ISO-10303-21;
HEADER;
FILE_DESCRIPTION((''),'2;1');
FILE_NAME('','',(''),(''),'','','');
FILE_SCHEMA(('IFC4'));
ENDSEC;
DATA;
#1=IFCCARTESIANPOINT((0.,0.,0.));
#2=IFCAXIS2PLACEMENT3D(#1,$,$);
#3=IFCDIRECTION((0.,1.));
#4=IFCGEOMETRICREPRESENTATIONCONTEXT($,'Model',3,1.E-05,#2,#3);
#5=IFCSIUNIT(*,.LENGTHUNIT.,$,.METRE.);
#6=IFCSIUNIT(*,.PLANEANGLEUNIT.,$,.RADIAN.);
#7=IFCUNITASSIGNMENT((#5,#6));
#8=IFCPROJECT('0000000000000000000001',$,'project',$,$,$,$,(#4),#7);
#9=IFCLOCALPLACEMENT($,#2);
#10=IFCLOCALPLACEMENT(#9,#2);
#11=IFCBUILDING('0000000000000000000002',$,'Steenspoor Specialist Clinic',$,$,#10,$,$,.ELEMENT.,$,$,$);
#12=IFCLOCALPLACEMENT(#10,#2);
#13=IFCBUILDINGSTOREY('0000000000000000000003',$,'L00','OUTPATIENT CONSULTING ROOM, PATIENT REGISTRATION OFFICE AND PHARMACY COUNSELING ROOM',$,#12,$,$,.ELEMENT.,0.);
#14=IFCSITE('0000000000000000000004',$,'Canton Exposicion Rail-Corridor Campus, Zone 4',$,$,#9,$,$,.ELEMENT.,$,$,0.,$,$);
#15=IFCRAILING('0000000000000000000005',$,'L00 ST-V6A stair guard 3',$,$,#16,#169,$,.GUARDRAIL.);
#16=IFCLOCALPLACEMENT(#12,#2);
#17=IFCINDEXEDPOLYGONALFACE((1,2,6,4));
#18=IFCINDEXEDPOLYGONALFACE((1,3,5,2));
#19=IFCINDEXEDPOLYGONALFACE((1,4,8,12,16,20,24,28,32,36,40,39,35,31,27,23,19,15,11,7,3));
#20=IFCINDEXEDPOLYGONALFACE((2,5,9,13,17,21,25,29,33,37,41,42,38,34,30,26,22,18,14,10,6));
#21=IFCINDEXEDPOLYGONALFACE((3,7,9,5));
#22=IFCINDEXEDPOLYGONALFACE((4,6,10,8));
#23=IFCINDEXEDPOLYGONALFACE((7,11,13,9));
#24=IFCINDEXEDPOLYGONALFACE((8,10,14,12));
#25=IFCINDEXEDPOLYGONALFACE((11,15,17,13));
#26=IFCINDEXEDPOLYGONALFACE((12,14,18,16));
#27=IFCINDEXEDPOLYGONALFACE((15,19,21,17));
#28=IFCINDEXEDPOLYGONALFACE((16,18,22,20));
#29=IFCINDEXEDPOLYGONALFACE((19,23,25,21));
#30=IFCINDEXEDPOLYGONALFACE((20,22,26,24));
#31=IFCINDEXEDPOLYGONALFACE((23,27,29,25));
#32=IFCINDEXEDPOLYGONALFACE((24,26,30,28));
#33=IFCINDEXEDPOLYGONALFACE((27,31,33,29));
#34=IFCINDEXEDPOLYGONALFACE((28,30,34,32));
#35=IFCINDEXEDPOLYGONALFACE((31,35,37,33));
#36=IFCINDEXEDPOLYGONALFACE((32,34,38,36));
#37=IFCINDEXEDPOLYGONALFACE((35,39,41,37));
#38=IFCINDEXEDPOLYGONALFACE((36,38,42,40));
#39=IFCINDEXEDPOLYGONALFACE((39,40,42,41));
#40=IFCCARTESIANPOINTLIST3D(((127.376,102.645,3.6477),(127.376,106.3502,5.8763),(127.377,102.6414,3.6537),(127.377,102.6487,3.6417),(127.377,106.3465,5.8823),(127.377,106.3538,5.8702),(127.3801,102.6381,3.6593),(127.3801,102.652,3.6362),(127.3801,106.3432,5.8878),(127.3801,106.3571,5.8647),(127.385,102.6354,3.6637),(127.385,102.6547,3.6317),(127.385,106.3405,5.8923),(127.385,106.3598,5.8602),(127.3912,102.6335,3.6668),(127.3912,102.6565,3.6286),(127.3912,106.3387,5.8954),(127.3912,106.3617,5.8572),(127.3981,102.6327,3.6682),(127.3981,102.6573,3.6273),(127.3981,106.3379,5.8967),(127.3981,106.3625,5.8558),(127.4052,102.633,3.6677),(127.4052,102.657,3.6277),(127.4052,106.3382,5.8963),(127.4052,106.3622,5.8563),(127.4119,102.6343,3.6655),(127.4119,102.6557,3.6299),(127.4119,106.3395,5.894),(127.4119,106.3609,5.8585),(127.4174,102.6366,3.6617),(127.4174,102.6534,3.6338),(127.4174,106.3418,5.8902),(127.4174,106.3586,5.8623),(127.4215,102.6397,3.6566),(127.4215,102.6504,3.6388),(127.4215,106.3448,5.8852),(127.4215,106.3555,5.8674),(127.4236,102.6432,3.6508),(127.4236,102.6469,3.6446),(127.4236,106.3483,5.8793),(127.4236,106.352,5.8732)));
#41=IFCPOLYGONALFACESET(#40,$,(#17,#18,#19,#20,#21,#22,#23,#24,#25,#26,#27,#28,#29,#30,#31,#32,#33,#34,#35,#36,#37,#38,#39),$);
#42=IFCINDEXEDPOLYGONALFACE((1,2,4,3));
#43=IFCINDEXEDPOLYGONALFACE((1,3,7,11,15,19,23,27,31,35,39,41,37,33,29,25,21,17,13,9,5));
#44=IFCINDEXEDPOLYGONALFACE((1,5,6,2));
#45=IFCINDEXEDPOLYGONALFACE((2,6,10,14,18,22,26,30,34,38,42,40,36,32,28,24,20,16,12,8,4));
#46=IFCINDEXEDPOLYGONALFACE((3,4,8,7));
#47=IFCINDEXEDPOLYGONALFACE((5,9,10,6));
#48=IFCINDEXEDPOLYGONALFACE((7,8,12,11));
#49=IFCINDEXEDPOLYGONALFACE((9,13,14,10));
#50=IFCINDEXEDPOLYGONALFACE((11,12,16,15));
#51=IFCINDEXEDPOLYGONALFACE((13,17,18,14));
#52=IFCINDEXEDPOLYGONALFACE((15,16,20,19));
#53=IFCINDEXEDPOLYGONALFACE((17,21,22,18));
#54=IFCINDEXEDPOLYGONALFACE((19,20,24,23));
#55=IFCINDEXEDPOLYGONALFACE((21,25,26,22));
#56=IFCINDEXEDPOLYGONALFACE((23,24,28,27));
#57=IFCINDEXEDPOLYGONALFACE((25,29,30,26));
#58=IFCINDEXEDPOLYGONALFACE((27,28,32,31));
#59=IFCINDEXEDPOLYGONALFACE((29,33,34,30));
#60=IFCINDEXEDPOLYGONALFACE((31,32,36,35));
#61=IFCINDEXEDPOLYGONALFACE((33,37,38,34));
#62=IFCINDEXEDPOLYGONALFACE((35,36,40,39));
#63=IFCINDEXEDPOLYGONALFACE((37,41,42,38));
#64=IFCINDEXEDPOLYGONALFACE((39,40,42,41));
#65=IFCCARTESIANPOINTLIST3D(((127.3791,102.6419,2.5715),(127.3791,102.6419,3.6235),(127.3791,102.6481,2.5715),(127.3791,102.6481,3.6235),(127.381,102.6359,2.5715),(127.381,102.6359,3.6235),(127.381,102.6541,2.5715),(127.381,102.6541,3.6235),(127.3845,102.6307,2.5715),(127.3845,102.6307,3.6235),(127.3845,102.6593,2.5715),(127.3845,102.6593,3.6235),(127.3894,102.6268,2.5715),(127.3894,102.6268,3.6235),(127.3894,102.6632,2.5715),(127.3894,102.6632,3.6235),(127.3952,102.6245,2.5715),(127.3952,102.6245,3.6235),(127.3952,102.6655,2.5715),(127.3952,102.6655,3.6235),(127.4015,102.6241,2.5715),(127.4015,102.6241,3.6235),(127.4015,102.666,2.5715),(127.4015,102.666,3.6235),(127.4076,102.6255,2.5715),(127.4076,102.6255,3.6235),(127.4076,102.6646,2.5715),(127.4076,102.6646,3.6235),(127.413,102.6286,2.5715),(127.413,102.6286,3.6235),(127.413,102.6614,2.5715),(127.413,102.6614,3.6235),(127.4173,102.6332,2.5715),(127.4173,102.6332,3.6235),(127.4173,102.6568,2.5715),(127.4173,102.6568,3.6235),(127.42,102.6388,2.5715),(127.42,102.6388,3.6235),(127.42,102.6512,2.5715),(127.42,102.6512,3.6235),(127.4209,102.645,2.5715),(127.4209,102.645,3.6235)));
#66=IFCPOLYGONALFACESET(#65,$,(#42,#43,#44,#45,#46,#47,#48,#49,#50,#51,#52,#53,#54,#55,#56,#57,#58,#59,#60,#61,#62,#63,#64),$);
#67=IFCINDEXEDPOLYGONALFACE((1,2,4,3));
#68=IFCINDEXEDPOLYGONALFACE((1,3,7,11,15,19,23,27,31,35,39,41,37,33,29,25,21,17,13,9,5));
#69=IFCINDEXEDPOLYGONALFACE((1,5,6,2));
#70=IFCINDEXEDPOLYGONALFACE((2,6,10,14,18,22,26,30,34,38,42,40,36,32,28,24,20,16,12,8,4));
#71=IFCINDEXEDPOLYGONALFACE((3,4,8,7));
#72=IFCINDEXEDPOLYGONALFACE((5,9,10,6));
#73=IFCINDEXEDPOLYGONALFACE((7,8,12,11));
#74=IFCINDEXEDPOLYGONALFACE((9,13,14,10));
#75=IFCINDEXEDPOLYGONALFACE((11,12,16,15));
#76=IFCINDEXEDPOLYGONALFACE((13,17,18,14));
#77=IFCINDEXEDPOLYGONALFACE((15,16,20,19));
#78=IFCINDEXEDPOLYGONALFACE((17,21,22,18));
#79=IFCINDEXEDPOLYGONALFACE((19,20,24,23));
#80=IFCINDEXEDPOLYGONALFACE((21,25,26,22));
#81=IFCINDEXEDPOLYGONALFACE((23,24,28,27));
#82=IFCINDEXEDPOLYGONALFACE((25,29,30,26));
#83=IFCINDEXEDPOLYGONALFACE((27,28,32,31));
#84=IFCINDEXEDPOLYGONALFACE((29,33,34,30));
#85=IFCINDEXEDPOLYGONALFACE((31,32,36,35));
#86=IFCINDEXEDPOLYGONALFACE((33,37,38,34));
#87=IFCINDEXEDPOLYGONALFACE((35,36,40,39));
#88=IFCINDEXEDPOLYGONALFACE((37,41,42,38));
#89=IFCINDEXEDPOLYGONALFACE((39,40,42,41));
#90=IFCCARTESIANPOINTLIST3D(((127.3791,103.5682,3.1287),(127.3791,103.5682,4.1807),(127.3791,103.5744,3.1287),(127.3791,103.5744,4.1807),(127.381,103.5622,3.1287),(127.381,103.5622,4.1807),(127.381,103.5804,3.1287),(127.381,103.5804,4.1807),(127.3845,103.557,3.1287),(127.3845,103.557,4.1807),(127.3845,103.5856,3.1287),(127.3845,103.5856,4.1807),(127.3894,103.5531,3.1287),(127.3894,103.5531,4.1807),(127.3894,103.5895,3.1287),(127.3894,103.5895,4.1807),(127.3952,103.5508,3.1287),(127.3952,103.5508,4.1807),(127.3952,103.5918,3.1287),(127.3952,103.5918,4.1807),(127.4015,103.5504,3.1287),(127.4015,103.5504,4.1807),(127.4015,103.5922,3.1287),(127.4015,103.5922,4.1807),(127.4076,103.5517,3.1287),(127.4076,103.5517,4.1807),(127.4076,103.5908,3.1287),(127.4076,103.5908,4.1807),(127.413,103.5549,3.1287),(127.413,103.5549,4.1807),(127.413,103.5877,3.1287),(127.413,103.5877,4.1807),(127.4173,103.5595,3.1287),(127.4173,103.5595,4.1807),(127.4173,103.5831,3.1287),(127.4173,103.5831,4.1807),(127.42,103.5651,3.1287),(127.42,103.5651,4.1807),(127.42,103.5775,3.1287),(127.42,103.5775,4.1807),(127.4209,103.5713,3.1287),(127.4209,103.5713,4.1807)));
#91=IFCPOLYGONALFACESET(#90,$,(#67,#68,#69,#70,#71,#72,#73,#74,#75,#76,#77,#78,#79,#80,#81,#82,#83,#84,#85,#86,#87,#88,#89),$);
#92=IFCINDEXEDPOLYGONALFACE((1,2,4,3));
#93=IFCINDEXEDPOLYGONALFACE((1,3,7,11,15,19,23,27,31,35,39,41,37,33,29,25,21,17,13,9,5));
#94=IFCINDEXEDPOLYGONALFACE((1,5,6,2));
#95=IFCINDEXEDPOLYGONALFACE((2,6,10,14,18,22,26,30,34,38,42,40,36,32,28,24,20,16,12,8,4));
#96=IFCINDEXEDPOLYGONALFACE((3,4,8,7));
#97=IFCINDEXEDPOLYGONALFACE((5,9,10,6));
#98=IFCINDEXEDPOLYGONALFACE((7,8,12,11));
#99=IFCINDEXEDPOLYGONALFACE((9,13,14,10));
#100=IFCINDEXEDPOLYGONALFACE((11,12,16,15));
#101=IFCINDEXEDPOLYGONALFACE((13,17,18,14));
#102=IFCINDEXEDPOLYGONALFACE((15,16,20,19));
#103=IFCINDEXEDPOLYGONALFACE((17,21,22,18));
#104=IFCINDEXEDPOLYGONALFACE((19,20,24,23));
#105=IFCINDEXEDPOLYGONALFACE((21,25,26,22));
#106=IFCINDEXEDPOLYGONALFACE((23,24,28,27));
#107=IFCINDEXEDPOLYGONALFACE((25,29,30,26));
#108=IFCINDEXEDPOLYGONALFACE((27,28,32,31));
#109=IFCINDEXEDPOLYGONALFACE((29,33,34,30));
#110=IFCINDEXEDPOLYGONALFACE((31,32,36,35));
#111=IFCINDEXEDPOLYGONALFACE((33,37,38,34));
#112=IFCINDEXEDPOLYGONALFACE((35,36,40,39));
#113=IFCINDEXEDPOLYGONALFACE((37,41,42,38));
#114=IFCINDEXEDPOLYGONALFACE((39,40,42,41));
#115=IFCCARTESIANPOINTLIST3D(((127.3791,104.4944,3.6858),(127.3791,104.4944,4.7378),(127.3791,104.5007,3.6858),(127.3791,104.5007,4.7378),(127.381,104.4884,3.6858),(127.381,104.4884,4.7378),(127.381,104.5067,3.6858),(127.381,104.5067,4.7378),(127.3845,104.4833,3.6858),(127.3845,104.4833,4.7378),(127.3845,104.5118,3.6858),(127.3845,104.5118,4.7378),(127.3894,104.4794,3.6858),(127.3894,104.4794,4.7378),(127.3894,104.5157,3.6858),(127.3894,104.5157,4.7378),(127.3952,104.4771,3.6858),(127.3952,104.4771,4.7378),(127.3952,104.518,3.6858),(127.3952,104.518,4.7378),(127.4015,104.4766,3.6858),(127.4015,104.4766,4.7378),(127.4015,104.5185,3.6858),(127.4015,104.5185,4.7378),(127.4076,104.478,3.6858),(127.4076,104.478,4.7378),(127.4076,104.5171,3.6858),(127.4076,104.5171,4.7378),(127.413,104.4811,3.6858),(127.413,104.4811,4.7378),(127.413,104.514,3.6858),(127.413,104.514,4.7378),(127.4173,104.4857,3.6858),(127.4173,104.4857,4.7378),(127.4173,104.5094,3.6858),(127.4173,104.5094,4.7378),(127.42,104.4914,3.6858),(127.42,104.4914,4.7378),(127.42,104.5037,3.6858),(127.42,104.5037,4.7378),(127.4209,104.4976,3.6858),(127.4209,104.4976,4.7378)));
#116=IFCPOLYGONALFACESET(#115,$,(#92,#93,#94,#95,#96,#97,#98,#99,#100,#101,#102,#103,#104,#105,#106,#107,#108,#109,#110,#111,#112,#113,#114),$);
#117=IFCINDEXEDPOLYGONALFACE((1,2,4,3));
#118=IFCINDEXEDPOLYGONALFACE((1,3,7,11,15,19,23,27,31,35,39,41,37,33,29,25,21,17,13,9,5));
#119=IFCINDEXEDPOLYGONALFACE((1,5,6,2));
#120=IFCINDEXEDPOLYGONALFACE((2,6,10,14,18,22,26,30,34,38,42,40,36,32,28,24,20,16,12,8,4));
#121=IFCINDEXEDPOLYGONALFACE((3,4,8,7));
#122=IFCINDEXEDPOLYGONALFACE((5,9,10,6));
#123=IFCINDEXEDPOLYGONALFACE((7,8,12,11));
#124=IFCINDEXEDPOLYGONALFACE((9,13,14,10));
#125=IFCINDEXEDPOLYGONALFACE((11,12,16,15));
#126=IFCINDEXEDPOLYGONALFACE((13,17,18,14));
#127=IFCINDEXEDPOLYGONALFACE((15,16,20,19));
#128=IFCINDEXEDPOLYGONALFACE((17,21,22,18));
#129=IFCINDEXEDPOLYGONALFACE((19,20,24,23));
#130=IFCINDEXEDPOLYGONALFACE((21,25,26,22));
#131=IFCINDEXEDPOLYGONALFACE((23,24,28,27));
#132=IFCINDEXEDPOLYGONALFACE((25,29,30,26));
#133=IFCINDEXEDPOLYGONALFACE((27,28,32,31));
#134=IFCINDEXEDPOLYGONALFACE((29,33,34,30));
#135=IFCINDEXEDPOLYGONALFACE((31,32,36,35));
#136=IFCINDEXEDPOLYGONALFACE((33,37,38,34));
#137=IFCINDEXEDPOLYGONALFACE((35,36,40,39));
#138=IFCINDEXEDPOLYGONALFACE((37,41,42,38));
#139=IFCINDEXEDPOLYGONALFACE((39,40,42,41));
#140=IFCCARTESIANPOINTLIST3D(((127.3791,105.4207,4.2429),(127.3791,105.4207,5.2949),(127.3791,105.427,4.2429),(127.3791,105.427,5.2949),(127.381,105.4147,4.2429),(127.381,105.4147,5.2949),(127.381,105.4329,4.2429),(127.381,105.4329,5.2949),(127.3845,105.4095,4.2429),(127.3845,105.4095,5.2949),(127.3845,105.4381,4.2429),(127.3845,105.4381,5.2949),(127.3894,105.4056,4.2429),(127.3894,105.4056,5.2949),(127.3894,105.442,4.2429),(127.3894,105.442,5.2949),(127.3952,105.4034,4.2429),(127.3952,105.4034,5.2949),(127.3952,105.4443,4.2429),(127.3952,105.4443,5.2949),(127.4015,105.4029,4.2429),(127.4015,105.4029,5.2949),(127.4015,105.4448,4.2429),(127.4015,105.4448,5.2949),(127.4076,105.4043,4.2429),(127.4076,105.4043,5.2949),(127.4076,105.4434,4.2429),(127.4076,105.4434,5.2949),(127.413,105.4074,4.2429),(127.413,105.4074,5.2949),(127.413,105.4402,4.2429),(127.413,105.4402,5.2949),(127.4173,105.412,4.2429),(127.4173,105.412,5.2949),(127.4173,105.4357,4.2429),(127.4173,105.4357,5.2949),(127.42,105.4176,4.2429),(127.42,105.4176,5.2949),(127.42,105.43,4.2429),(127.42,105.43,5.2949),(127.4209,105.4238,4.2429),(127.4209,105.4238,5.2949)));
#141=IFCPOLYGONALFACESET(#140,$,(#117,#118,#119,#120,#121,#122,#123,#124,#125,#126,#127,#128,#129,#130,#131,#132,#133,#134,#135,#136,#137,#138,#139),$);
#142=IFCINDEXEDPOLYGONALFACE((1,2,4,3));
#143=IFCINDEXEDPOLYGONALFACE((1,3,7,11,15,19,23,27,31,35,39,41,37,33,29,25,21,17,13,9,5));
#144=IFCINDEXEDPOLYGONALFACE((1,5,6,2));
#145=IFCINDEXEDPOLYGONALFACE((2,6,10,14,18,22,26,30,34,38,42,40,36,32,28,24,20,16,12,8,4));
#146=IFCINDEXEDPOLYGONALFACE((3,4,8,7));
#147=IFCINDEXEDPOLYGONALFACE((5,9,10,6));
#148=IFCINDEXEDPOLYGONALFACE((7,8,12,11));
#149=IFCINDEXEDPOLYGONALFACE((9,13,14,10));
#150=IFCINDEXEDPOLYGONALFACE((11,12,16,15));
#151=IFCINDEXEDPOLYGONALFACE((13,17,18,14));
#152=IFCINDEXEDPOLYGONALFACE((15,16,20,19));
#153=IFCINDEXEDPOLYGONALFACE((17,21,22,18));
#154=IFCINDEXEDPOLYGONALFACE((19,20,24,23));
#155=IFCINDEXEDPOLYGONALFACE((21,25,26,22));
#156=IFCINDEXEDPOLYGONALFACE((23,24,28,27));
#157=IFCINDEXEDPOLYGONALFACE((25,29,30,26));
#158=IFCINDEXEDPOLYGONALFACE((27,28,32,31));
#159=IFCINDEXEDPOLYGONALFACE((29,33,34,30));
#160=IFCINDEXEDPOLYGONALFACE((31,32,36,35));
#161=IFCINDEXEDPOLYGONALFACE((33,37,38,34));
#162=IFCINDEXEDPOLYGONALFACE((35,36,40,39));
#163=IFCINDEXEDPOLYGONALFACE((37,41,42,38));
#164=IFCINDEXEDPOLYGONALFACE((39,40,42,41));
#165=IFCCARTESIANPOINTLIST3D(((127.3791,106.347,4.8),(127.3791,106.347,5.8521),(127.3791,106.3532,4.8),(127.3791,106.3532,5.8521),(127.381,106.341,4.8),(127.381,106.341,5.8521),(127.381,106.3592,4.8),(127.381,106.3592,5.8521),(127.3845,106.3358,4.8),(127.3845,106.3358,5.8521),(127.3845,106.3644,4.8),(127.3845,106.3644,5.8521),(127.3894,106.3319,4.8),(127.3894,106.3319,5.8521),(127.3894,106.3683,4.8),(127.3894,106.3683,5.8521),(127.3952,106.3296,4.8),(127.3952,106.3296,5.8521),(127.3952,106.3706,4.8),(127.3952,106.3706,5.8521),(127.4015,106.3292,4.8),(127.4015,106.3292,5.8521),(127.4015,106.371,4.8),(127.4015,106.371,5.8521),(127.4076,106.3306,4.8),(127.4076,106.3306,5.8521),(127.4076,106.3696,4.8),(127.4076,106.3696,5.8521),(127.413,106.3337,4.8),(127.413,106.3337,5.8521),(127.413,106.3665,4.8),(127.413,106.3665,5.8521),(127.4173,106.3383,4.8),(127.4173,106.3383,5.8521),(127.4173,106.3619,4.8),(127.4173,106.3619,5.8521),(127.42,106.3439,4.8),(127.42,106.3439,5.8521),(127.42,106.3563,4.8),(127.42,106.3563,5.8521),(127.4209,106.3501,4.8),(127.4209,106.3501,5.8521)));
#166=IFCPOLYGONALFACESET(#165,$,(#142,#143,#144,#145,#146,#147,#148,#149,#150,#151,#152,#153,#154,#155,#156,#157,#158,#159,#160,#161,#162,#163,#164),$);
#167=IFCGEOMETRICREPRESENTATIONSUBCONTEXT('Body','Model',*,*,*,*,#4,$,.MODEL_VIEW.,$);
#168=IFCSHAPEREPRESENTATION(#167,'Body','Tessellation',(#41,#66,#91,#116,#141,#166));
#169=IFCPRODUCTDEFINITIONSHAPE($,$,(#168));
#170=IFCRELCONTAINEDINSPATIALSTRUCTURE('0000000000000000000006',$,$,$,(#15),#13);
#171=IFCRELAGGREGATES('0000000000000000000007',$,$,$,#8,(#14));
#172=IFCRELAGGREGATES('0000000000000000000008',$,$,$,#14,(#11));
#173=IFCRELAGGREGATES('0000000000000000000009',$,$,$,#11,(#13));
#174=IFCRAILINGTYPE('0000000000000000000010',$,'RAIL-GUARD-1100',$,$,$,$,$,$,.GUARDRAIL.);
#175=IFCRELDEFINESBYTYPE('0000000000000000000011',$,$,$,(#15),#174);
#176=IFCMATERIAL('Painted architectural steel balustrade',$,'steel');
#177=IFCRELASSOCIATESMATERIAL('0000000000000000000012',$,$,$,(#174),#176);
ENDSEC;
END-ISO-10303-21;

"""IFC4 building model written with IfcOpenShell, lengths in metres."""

from ifc_helpers import new_model, si_unit, direction, frame, origin, origin_2d, place, context, subcontext, project, spatial, circle, extrude, material, type_object, element, save


model = new_model("IFC4")

# Units and contexts
model_context = context("Model", 3, precision=1e-05, world=origin(), true_north=direction((0.0, 1.0)))
body_context = subcontext(model_context, "Body", "Model", "MODEL_VIEW")
ifc_project = project(units=[si_unit("LENGTHUNIT", "METRE"), si_unit("PLANEANGLEUNIT", "RADIAN")], contexts=[model_context])

# Site, building, storey
site_placement = place(None, origin())
site = spatial("IfcSite", under=ifc_project, at=site_placement, Name="Canton Exposicion Rail-Corridor Campus, Zone 4", CompositionType="ELEMENT", RefElevation=0.0)
building_placement = place(site_placement, origin())
building = spatial("IfcBuilding", under=site, at=building_placement, Name="Steenspoor Specialist Clinic", CompositionType="ELEMENT")
storey_placement = place(building_placement, origin())
storey = spatial("IfcBuildingStorey", under=building, at=storey_placement, Name="L00", Description="OUTPATIENT CONSULTING ROOM, PATIENT REGISTRATION OFFICE AND PHARMACY COUNSELING ROOM", CompositionType="ELEMENT", Elevation=0.0)

# Railing
ifc_material_1 = material(Name="Painted architectural steel balustrade", Category="steel")
railing_type_1 = type_object("IfcRailingType", Name="RAIL-GUARD-1100", PredefinedType="GUARDRAIL", material=ifc_material_1)
railing_1_placement = place(storey_placement, frame((127.3999, 102.645, 2.5715)))
element("IfcRailing", 1, at=railing_1_placement, inside=storey, type_object=railing_type_1, Name="L00 ST-V6A stair guard 3", PredefinedType="GUARDRAIL", context=body_context, shape_type="SweptSolid", body=[
    extrude(circle(Radius=0.0239, at=origin_2d()), frame((0.0, 0.0, 1.0762), z_axis=(0.0, 0.856934, 0.515425), x_axis=(-1.0, 0.0, 0.0)), (0.0, 0.0, 1.0), 4.3237),
    extrude(circle(Radius=0.021, at=origin_2d()), origin(), (0.0, 0.0, 1.0), 1.052),
    extrude(circle(Radius=0.021, at=origin_2d()), frame((0.0, 0.9263, 0.5571)), (0.0, 0.0, 1.0), 1.052),
    extrude(circle(Radius=0.021, at=origin_2d()), frame((0.0, 1.8525, 1.1143)), (0.0, 0.0, 1.0), 1.052),
    extrude(circle(Radius=0.021, at=origin_2d()), frame((0.0, 2.7788, 1.6714)), (0.0, 0.0, 1.0), 1.052),
    extrude(circle(Radius=0.021, at=origin_2d()), frame((0.0, 3.7051, 2.2285)), (0.0, 0.0, 1.0), 1.052),
])

save(model, "model.ifc")
